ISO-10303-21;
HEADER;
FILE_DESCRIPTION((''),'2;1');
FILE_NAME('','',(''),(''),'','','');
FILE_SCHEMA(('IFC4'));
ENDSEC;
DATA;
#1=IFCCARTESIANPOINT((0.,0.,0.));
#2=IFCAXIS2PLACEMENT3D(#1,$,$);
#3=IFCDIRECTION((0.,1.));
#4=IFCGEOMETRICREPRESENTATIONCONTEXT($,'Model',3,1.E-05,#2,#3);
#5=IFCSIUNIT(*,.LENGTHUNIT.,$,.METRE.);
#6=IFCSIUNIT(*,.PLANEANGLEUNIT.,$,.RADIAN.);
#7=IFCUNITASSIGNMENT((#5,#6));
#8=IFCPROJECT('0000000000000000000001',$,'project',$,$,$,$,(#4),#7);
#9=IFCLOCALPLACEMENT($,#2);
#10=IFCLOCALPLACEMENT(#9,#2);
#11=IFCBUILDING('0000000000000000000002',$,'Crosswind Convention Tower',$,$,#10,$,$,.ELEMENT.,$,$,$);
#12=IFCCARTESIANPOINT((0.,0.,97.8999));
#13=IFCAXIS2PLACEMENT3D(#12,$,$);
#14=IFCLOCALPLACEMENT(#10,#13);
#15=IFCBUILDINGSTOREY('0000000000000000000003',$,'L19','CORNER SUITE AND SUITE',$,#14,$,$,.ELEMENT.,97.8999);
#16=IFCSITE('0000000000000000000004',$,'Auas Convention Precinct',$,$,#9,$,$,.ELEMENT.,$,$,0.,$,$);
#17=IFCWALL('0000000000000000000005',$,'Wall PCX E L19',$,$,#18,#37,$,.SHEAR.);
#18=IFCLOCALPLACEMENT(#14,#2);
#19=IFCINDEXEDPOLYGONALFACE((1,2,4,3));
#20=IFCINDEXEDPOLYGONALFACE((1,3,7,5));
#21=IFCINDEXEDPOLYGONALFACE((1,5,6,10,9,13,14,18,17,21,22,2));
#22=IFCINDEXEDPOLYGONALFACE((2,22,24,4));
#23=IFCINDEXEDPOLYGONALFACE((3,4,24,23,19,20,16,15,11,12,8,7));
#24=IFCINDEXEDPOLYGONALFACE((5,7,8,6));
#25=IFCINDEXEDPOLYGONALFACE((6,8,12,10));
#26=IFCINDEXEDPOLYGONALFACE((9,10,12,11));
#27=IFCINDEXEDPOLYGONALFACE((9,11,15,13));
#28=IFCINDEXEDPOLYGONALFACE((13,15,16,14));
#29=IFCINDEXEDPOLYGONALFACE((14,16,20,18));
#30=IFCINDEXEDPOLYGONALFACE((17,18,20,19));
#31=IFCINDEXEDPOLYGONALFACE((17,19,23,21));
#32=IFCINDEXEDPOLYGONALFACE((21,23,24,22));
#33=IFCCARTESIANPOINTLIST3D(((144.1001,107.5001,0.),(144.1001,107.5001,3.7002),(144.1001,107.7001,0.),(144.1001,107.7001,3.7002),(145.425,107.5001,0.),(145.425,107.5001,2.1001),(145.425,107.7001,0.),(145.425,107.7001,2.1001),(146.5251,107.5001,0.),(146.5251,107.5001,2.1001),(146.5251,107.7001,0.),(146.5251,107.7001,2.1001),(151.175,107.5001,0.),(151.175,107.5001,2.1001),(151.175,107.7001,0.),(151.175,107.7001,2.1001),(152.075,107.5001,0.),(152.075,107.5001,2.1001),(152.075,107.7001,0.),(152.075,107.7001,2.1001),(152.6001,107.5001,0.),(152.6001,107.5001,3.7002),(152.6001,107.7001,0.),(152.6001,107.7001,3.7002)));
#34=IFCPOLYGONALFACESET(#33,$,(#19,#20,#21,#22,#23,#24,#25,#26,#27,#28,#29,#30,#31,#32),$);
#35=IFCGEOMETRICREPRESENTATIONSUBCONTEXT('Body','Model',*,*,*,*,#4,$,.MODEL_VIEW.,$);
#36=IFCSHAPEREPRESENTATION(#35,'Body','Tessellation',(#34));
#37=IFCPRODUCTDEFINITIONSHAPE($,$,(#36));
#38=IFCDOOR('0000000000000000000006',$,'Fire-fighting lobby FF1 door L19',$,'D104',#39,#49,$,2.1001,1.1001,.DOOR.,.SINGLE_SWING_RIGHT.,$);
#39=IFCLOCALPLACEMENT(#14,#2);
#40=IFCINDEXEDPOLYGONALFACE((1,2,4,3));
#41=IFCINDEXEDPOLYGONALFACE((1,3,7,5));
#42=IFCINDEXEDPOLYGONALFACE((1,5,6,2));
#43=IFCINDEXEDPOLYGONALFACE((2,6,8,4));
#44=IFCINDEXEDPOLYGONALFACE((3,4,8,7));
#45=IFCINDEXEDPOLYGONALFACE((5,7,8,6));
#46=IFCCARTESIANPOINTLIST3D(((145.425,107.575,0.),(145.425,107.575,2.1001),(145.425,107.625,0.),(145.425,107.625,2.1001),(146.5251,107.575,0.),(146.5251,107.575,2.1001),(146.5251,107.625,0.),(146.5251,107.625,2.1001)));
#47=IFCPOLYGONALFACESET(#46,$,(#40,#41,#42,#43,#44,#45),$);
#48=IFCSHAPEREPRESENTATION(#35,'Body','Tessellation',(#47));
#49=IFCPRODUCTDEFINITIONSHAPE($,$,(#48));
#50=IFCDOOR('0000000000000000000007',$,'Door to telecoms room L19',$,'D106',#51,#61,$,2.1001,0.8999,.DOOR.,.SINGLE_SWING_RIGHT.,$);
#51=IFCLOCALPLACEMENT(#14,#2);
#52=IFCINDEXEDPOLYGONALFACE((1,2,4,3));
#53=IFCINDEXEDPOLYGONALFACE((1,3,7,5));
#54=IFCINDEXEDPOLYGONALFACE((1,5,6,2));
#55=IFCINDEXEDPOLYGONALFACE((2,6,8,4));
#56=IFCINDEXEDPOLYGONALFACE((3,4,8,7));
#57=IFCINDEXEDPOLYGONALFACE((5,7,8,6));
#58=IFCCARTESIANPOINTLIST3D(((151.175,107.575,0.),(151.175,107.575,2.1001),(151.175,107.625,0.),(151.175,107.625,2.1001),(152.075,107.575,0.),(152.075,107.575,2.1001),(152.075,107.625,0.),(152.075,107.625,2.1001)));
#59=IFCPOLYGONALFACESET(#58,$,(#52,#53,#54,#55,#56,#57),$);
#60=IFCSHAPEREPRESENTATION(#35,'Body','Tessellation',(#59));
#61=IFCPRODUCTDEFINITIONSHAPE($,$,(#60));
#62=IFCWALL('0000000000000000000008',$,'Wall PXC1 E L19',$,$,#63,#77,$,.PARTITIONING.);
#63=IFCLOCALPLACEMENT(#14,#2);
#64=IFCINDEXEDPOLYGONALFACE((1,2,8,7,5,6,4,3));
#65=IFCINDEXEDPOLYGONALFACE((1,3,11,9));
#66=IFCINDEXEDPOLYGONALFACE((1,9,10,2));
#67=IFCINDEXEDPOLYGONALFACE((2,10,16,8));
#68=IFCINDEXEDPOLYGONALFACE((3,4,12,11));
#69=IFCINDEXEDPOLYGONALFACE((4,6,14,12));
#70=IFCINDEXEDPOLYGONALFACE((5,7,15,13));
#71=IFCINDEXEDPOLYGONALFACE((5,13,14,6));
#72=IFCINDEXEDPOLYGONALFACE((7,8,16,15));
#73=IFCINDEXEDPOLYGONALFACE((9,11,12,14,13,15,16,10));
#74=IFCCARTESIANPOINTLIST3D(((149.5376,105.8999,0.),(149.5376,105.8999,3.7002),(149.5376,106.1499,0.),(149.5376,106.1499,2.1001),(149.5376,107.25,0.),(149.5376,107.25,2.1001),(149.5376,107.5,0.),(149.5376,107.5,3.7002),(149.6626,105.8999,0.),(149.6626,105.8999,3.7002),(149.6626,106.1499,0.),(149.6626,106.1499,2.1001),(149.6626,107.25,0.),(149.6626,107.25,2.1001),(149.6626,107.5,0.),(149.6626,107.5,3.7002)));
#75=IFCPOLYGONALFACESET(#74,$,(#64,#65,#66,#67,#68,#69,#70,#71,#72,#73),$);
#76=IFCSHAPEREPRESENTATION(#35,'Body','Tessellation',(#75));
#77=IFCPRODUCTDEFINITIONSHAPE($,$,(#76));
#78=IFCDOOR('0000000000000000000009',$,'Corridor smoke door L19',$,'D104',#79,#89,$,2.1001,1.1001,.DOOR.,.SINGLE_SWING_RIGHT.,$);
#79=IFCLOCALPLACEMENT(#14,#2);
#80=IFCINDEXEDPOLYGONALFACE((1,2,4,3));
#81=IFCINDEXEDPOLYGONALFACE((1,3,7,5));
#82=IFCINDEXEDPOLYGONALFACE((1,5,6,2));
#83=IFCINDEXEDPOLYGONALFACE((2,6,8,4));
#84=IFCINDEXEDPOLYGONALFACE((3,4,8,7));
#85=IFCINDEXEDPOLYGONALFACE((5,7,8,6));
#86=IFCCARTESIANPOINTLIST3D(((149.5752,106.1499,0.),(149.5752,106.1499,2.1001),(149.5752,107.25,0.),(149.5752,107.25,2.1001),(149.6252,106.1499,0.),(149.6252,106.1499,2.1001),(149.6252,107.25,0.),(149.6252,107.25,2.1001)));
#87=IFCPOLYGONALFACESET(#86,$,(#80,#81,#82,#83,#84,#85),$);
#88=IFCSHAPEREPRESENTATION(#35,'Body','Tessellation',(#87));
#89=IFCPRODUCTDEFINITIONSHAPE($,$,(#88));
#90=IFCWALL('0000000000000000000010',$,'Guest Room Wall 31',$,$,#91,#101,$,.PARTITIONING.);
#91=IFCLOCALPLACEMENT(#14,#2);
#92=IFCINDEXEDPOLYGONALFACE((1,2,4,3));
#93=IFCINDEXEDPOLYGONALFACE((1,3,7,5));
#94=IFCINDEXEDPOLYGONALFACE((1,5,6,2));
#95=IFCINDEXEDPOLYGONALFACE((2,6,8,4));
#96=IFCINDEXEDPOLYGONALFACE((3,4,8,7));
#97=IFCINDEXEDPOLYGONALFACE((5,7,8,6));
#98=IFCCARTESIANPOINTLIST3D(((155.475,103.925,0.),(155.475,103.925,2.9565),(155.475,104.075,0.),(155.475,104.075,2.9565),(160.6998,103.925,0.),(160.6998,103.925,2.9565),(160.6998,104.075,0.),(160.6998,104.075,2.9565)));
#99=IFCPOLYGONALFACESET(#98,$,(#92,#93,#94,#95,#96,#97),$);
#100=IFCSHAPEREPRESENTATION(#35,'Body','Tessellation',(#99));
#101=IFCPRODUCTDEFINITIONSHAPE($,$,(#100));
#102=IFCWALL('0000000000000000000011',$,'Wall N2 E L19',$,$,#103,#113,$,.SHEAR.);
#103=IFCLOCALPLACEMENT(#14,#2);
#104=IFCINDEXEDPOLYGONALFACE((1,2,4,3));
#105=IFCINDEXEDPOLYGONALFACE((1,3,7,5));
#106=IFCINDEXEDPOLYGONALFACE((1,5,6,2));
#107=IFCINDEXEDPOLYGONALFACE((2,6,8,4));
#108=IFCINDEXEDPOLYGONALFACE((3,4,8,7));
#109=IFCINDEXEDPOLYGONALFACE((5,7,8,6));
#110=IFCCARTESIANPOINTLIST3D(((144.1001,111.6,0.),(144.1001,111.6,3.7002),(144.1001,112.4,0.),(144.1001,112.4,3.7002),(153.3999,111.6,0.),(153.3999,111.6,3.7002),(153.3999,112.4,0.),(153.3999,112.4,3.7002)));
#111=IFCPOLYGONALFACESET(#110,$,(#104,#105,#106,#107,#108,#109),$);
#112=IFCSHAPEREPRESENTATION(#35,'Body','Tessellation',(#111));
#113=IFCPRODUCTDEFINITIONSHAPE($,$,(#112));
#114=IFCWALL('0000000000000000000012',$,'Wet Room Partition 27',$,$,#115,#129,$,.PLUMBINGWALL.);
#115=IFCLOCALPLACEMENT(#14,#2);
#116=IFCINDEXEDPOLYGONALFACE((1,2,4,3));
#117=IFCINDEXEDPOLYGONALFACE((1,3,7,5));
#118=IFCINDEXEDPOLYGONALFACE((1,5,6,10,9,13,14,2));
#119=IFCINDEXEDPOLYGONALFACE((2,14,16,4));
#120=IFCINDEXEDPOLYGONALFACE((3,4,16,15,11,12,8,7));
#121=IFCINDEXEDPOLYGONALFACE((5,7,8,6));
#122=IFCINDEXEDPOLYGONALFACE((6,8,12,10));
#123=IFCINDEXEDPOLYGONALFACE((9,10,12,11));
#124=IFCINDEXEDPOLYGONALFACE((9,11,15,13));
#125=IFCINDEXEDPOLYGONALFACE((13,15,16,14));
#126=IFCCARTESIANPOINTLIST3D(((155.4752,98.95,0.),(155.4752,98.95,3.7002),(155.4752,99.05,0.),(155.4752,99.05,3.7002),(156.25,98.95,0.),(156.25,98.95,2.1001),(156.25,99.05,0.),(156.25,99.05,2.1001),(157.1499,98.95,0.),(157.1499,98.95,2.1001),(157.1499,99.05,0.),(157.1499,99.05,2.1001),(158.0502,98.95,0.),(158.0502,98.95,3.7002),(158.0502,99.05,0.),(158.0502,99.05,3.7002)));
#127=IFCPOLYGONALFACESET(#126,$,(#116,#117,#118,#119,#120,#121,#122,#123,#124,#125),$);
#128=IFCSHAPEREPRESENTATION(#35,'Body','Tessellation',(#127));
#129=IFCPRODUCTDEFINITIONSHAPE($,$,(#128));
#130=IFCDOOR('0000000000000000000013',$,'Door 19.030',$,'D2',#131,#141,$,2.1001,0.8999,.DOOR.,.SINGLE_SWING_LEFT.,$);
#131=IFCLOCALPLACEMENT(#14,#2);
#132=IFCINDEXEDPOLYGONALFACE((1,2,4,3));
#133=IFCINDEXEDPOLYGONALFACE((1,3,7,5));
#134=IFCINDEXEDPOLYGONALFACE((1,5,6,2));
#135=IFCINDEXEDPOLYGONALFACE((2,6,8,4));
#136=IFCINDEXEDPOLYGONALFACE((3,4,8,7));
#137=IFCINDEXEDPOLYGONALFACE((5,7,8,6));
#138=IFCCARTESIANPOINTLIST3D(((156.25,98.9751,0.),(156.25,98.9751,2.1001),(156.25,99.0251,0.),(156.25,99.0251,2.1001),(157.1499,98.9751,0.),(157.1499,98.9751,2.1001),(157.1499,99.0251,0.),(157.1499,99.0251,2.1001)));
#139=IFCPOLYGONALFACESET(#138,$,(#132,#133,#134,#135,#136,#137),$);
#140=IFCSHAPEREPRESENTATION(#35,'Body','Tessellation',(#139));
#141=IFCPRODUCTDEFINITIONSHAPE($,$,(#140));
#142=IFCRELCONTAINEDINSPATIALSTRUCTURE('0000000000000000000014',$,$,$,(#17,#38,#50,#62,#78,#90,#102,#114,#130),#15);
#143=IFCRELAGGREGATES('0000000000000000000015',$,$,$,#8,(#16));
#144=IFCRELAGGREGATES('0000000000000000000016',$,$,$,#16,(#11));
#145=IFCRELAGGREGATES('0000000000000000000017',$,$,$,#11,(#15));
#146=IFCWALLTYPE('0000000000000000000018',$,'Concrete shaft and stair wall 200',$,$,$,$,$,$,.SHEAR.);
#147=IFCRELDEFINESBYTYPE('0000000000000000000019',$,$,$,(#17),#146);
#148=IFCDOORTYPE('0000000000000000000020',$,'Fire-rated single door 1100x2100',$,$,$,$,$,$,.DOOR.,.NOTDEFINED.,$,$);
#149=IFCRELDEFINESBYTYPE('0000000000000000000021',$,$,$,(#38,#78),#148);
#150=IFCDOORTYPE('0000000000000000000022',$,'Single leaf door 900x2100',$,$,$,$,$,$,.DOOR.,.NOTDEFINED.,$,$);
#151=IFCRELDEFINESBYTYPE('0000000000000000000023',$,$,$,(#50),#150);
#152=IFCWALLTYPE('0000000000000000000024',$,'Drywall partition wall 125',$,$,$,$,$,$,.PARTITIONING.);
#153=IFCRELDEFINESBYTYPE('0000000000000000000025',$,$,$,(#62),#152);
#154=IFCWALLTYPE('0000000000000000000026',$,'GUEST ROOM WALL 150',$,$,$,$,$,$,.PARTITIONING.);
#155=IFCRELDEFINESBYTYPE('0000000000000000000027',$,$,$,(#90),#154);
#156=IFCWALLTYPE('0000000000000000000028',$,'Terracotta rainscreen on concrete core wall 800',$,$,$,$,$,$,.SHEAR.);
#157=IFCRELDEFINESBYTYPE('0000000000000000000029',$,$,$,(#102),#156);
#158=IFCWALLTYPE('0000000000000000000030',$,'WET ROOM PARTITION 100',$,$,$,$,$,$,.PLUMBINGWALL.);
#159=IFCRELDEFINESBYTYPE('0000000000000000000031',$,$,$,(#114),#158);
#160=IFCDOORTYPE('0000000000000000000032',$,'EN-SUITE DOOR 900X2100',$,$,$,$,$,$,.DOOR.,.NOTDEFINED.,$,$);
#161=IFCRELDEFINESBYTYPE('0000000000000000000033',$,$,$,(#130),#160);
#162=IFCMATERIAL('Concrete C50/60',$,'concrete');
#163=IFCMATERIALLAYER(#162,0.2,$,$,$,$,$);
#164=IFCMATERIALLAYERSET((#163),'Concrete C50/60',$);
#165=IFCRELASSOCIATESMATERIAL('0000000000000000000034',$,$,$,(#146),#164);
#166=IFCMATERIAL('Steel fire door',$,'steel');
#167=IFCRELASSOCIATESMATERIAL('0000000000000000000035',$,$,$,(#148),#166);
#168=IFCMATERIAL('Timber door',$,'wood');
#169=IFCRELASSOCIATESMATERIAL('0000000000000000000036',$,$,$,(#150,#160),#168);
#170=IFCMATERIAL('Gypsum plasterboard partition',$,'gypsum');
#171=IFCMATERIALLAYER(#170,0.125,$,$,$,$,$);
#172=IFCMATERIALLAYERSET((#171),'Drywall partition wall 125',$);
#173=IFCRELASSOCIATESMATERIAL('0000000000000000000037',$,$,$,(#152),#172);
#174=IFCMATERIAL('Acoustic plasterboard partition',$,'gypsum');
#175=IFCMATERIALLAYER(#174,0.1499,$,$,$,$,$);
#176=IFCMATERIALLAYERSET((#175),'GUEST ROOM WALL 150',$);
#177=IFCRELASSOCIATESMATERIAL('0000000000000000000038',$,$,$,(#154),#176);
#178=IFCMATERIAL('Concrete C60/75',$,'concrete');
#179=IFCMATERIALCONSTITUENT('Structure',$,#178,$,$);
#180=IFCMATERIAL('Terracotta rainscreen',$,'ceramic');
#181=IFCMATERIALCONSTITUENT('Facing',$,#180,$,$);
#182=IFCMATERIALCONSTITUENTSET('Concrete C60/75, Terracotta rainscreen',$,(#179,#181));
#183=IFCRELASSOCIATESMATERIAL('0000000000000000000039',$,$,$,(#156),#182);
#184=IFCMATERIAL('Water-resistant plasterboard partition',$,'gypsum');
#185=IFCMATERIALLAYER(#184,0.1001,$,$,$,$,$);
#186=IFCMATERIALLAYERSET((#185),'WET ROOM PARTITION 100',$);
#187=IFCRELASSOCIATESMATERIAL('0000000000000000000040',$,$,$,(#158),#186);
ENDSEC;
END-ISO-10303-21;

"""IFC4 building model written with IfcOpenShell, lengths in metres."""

from ifc_helpers import new_model, si_unit, direction, frame, frame_2d, origin, place, context, subcontext, project, spatial, rectangle, extrude, material, layer, layer_set, constituent, constituent_set, type_object, element, fill, save


model = new_model("IFC4")

# Units and contexts
model_context = context("Model", 3, precision=1e-05, world=origin(), true_north=direction((0.0, 1.0)))
body_context = subcontext(model_context, "Body", "Model", "MODEL_VIEW")
ifc_project = project(units=[si_unit("LENGTHUNIT", "METRE"), si_unit("PLANEANGLEUNIT", "RADIAN")], contexts=[model_context])

# Site, building, storey
site_placement = place(None, origin())
site = spatial("IfcSite", under=ifc_project, at=site_placement, Name="Auas Convention Precinct", CompositionType="ELEMENT", RefElevation=0.0)
building_placement = place(site_placement, origin())
building = spatial("IfcBuilding", under=site, at=building_placement, Name="Crosswind Convention Tower", CompositionType="ELEMENT")
storey_placement = place(building_placement, frame((0.0, 0.0, 97.8999)))
storey = spatial("IfcBuildingStorey", under=building, at=storey_placement, Name="L19", Description="CORNER SUITE AND SUITE", CompositionType="ELEMENT", Elevation=97.8999)

# Shared definitions
ifc_material_1 = material(Name="Concrete C50/60", Category="concrete")
ifc_layer_1 = layer(ifc_material_1, 0.2)
ifc_layer_set_1 = layer_set([ifc_layer_1], Name="Concrete C50/60")
wall_type_1 = type_object("IfcWallType", Name="Concrete shaft and stair wall 200", PredefinedType="SHEAR", material=ifc_layer_set_1)

# Wall, openings, doors
wall_1_placement = place(storey_placement, frame((144.1001, 107.6001, 0.0), z_axis=(0.0, 0.0, 1.0), x_axis=(1.0, 0.0, 0.0)))
wall_1 = element("IfcWall", 1, at=wall_1_placement, inside=storey, type_object=wall_type_1, Name="Wall PCX E L19", PredefinedType="SHEAR", context=body_context, shape_type="SweptSolid", body=[
    extrude(rectangle(XDim=8.5, YDim=0.2, at=frame_2d((4.25, 0.0))), origin(), (0.0, 0.0, 1.0), 3.7002),
])
opening_1_placement = place(wall_1_placement, frame((1.325, 0.0, 0.0)))
opening_1 = element("IfcOpeningElement", 2, at=opening_1_placement, cuts=wall_1, PredefinedType="OPENING", context=body_context, shape_type="SweptSolid", body=[
    extrude(rectangle(XDim=1.1001, YDim=2.1001, at=frame_2d((0.55, 1.05))), frame((0.0, 0.1099, 0.0), z_axis=(0.0, -1.0, 0.0), x_axis=(1.0, 0.0, 0.0)), (0.0, 0.0, 1.0), 0.22),
])
opening_2_placement = place(wall_1_placement, frame((7.075, 0.0, 0.0)))
opening_2 = element("IfcOpeningElement", 3, at=opening_2_placement, cuts=wall_1, PredefinedType="OPENING", context=body_context, shape_type="SweptSolid", body=[
    extrude(rectangle(XDim=0.8999, YDim=2.1001, at=frame_2d((0.45, 1.05))), frame((0.0, 0.1099, 0.0), z_axis=(0.0, -1.0, 0.0), x_axis=(1.0, 0.0, 0.0)), (0.0, 0.0, 1.0), 0.22),
])
ifc_material_2 = material(Name="Steel fire door", Category="steel")
door_type_1 = type_object("IfcDoorType", Name="Fire-rated single door 1100x2100", OperationType="NOTDEFINED", PredefinedType="DOOR", material=ifc_material_2)
door_1_placement = place(opening_1_placement, origin())
door_1 = element("IfcDoor", 4, at=door_1_placement, inside=storey, type_object=door_type_1, Name="Fire-fighting lobby FF1 door L19", ObjectType="D104", OperationType="SINGLE_SWING_RIGHT", OverallHeight=2.1001, OverallWidth=1.1001, PredefinedType="DOOR", context=body_context, shape_type="SweptSolid", body=[
    extrude(rectangle(XDim=1.1001, YDim=2.1001, at=frame_2d((0.55, 1.05))), frame((0.0, 0.0249, 0.0), z_axis=(0.0, -1.0, 0.0), x_axis=(1.0, 0.0, 0.0)), (0.0, 0.0, 1.0), 0.05),
])
fill(opening_1, door_1)
ifc_material_3 = material(Name="Timber door", Category="wood")
door_type_2 = type_object("IfcDoorType", Name="Single leaf door 900x2100", OperationType="NOTDEFINED", PredefinedType="DOOR", material=ifc_material_3)
door_2_placement = place(opening_2_placement, origin())
door_2 = element("IfcDoor", 5, at=door_2_placement, inside=storey, type_object=door_type_2, Name="Door to telecoms room L19", ObjectType="D106", OperationType="SINGLE_SWING_RIGHT", OverallHeight=2.1001, OverallWidth=0.8999, PredefinedType="DOOR", context=body_context, shape_type="SweptSolid", body=[
    extrude(rectangle(XDim=0.8999, YDim=2.1001, at=frame_2d((0.45, 1.05))), frame((0.0, 0.0249, 0.0), z_axis=(0.0, -1.0, 0.0), x_axis=(1.0, 0.0, 0.0)), (0.0, 0.0, 1.0), 0.05),
])
fill(opening_2, door_2)

# Wall, opening, door
ifc_material_4 = material(Name="Gypsum plasterboard partition", Category="gypsum")
ifc_layer_2 = layer(ifc_material_4, 0.125)
ifc_layer_set_2 = layer_set([ifc_layer_2], Name="Drywall partition wall 125")
wall_type_2 = type_object("IfcWallType", Name="Drywall partition wall 125", PredefinedType="PARTITIONING", material=ifc_layer_set_2)
wall_2_placement = place(storey_placement, frame((149.6001, 105.8999, 0.0), z_axis=(0.0, 0.0, 1.0), x_axis=(0.0, 1.0, 0.0)))
wall_2 = element("IfcWall", 6, at=wall_2_placement, inside=storey, type_object=wall_type_2, Name="Wall PXC1 E L19", PredefinedType="PARTITIONING", context=body_context, shape_type="SweptSolid", body=[
    extrude(rectangle(XDim=1.6001, YDim=0.125, at=frame_2d((0.8, 0.0))), origin(), (0.0, 0.0, 1.0), 3.7002),
])
opening_3_placement = place(wall_2_placement, frame((0.25, 0.0, 0.0)))
opening_3 = element("IfcOpeningElement", 7, at=opening_3_placement, cuts=wall_2, PredefinedType="OPENING", context=body_context, shape_type="SweptSolid", body=[
    extrude(rectangle(XDim=1.1001, YDim=2.1001, at=frame_2d((0.55, 1.05))), frame((0.0, 0.0725, 0.0), z_axis=(0.0, -1.0, 0.0), x_axis=(1.0, 0.0, 0.0)), (0.0, 0.0, 1.0), 0.145),
])
door_3_placement = place(opening_3_placement, origin())
door_3 = element("IfcDoor", 8, at=door_3_placement, inside=storey, type_object=door_type_1, Name="Corridor smoke door L19", ObjectType="D104", OperationType="SINGLE_SWING_RIGHT", OverallHeight=2.1001, OverallWidth=1.1001, PredefinedType="DOOR", context=body_context, shape_type="SweptSolid", body=[
    extrude(rectangle(XDim=1.1001, YDim=2.1001, at=frame_2d((0.55, 1.05))), frame((0.0, 0.0249, 0.0), z_axis=(0.0, -1.0, 0.0), x_axis=(1.0, 0.0, 0.0)), (0.0, 0.0, 1.0), 0.05),
])
fill(opening_3, door_3)

# Walls
ifc_material_5 = material(Name="Acoustic plasterboard partition", Category="gypsum")
ifc_layer_3 = layer(ifc_material_5, 0.1499)
ifc_layer_set_3 = layer_set([ifc_layer_3], Name="GUEST ROOM WALL 150")
wall_type_3 = type_object("IfcWallType", Name="GUEST ROOM WALL 150", PredefinedType="PARTITIONING", material=ifc_layer_set_3)
wall_3_placement = place(storey_placement, frame((155.4751, 104.0, 0.0), z_axis=(0.0, 0.0, 1.0), x_axis=(1.0, 0.0, 0.0)))
element("IfcWall", 9, at=wall_3_placement, inside=storey, type_object=wall_type_3, Name="Guest Room Wall 31", PredefinedType="PARTITIONING", context=body_context, shape_type="SweptSolid", body=[
    extrude(rectangle(XDim=5.2249, YDim=0.1499, at=frame_2d((2.6123, 0.0))), origin(), (0.0, 0.0, 1.0), 2.9565),
])
ifc_material_6 = material(Name="Concrete C60/75", Category="concrete")
ifc_constituent_1 = constituent(ifc_material_6, Name="Structure")
ifc_material_7 = material(Name="Terracotta rainscreen", Category="ceramic")
ifc_constituent_2 = constituent(ifc_material_7, Name="Facing")
ifc_constituent_set = constituent_set(constituents=[ifc_constituent_1, ifc_constituent_2], Name="Concrete C60/75, Terracotta rainscreen")
wall_type_4 = type_object("IfcWallType", Name="Terracotta rainscreen on concrete core wall 800", PredefinedType="SHEAR", material=ifc_constituent_set)
wall_4_placement = place(storey_placement, frame((144.1001, 112.0, 0.0), z_axis=(0.0, 0.0, 1.0), x_axis=(1.0, 0.0, 0.0)))
element("IfcWall", 10, at=wall_4_placement, inside=storey, type_object=wall_type_4, Name="Wall N2 E L19", PredefinedType="SHEAR", context=body_context, shape_type="SweptSolid", body=[
    extrude(rectangle(XDim=9.2998, YDim=0.8, at=frame_2d((4.6499, 0.0))), origin(), (0.0, 0.0, 1.0), 3.7002),
])

# Wall, opening, door
ifc_material_8 = material(Name="Water-resistant plasterboard partition", Category="gypsum")
ifc_layer_4 = layer(ifc_material_8, 0.1001)
ifc_layer_set_4 = layer_set([ifc_layer_4], Name="WET ROOM PARTITION 100")
wall_type_5 = type_object("IfcWallType", Name="WET ROOM PARTITION 100", PredefinedType="PLUMBINGWALL", material=ifc_layer_set_4)
wall_5_placement = place(storey_placement, frame((155.4751, 99.0, 0.0), z_axis=(0.0, 0.0, 1.0), x_axis=(1.0, 0.0, 0.0)))
wall_5 = element("IfcWall", 11, at=wall_5_placement, inside=storey, type_object=wall_type_5, Name="Wet Room Partition 27", PredefinedType="PLUMBINGWALL", context=body_context, shape_type="SweptSolid", body=[
    extrude(rectangle(XDim=2.575, YDim=0.1001, at=frame_2d((1.2876, 0.0))), origin(), (0.0, 0.0, 1.0), 3.7002),
])
opening_4_placement = place(wall_5_placement, frame((0.7749, 0.0, 0.0)))
opening_4 = element("IfcOpeningElement", 12, at=opening_4_placement, cuts=wall_5, PredefinedType="OPENING", context=body_context, shape_type="SweptSolid", body=[
    extrude(rectangle(XDim=0.8999, YDim=2.1001, at=frame_2d((0.45, 1.05))), frame((0.0, 0.0601, 0.0), z_axis=(0.0, -1.0, 0.0), x_axis=(1.0, 0.0, 0.0)), (0.0, 0.0, 1.0), 0.1201),
])
door_type_3 = type_object("IfcDoorType", Name="EN-SUITE DOOR 900X2100", OperationType="NOTDEFINED", PredefinedType="DOOR", material=ifc_material_3)
door_4_placement = place(opening_4_placement, frame((0.8999, 0.0, 0.0), z_axis=(0.0, 0.0, 1.0), x_axis=(-1.0, 0.0, 0.0)))
door_4 = element("IfcDoor", 13, at=door_4_placement, inside=storey, type_object=door_type_3, Name="Door 19.030", ObjectType="D2", OperationType="SINGLE_SWING_LEFT", OverallHeight=2.1001, OverallWidth=0.8999, PredefinedType="DOOR", context=body_context, shape_type="SweptSolid", body=[
    extrude(rectangle(XDim=0.8999, YDim=2.1001, at=frame_2d((0.45, 1.05))), frame((0.0, 0.0249, 0.0), z_axis=(0.0, -1.0, 0.0), x_axis=(1.0, 0.0, 0.0)), (0.0, 0.0, 1.0), 0.05),
])
fill(opening_4, door_4)

save(model, "model.ifc")
